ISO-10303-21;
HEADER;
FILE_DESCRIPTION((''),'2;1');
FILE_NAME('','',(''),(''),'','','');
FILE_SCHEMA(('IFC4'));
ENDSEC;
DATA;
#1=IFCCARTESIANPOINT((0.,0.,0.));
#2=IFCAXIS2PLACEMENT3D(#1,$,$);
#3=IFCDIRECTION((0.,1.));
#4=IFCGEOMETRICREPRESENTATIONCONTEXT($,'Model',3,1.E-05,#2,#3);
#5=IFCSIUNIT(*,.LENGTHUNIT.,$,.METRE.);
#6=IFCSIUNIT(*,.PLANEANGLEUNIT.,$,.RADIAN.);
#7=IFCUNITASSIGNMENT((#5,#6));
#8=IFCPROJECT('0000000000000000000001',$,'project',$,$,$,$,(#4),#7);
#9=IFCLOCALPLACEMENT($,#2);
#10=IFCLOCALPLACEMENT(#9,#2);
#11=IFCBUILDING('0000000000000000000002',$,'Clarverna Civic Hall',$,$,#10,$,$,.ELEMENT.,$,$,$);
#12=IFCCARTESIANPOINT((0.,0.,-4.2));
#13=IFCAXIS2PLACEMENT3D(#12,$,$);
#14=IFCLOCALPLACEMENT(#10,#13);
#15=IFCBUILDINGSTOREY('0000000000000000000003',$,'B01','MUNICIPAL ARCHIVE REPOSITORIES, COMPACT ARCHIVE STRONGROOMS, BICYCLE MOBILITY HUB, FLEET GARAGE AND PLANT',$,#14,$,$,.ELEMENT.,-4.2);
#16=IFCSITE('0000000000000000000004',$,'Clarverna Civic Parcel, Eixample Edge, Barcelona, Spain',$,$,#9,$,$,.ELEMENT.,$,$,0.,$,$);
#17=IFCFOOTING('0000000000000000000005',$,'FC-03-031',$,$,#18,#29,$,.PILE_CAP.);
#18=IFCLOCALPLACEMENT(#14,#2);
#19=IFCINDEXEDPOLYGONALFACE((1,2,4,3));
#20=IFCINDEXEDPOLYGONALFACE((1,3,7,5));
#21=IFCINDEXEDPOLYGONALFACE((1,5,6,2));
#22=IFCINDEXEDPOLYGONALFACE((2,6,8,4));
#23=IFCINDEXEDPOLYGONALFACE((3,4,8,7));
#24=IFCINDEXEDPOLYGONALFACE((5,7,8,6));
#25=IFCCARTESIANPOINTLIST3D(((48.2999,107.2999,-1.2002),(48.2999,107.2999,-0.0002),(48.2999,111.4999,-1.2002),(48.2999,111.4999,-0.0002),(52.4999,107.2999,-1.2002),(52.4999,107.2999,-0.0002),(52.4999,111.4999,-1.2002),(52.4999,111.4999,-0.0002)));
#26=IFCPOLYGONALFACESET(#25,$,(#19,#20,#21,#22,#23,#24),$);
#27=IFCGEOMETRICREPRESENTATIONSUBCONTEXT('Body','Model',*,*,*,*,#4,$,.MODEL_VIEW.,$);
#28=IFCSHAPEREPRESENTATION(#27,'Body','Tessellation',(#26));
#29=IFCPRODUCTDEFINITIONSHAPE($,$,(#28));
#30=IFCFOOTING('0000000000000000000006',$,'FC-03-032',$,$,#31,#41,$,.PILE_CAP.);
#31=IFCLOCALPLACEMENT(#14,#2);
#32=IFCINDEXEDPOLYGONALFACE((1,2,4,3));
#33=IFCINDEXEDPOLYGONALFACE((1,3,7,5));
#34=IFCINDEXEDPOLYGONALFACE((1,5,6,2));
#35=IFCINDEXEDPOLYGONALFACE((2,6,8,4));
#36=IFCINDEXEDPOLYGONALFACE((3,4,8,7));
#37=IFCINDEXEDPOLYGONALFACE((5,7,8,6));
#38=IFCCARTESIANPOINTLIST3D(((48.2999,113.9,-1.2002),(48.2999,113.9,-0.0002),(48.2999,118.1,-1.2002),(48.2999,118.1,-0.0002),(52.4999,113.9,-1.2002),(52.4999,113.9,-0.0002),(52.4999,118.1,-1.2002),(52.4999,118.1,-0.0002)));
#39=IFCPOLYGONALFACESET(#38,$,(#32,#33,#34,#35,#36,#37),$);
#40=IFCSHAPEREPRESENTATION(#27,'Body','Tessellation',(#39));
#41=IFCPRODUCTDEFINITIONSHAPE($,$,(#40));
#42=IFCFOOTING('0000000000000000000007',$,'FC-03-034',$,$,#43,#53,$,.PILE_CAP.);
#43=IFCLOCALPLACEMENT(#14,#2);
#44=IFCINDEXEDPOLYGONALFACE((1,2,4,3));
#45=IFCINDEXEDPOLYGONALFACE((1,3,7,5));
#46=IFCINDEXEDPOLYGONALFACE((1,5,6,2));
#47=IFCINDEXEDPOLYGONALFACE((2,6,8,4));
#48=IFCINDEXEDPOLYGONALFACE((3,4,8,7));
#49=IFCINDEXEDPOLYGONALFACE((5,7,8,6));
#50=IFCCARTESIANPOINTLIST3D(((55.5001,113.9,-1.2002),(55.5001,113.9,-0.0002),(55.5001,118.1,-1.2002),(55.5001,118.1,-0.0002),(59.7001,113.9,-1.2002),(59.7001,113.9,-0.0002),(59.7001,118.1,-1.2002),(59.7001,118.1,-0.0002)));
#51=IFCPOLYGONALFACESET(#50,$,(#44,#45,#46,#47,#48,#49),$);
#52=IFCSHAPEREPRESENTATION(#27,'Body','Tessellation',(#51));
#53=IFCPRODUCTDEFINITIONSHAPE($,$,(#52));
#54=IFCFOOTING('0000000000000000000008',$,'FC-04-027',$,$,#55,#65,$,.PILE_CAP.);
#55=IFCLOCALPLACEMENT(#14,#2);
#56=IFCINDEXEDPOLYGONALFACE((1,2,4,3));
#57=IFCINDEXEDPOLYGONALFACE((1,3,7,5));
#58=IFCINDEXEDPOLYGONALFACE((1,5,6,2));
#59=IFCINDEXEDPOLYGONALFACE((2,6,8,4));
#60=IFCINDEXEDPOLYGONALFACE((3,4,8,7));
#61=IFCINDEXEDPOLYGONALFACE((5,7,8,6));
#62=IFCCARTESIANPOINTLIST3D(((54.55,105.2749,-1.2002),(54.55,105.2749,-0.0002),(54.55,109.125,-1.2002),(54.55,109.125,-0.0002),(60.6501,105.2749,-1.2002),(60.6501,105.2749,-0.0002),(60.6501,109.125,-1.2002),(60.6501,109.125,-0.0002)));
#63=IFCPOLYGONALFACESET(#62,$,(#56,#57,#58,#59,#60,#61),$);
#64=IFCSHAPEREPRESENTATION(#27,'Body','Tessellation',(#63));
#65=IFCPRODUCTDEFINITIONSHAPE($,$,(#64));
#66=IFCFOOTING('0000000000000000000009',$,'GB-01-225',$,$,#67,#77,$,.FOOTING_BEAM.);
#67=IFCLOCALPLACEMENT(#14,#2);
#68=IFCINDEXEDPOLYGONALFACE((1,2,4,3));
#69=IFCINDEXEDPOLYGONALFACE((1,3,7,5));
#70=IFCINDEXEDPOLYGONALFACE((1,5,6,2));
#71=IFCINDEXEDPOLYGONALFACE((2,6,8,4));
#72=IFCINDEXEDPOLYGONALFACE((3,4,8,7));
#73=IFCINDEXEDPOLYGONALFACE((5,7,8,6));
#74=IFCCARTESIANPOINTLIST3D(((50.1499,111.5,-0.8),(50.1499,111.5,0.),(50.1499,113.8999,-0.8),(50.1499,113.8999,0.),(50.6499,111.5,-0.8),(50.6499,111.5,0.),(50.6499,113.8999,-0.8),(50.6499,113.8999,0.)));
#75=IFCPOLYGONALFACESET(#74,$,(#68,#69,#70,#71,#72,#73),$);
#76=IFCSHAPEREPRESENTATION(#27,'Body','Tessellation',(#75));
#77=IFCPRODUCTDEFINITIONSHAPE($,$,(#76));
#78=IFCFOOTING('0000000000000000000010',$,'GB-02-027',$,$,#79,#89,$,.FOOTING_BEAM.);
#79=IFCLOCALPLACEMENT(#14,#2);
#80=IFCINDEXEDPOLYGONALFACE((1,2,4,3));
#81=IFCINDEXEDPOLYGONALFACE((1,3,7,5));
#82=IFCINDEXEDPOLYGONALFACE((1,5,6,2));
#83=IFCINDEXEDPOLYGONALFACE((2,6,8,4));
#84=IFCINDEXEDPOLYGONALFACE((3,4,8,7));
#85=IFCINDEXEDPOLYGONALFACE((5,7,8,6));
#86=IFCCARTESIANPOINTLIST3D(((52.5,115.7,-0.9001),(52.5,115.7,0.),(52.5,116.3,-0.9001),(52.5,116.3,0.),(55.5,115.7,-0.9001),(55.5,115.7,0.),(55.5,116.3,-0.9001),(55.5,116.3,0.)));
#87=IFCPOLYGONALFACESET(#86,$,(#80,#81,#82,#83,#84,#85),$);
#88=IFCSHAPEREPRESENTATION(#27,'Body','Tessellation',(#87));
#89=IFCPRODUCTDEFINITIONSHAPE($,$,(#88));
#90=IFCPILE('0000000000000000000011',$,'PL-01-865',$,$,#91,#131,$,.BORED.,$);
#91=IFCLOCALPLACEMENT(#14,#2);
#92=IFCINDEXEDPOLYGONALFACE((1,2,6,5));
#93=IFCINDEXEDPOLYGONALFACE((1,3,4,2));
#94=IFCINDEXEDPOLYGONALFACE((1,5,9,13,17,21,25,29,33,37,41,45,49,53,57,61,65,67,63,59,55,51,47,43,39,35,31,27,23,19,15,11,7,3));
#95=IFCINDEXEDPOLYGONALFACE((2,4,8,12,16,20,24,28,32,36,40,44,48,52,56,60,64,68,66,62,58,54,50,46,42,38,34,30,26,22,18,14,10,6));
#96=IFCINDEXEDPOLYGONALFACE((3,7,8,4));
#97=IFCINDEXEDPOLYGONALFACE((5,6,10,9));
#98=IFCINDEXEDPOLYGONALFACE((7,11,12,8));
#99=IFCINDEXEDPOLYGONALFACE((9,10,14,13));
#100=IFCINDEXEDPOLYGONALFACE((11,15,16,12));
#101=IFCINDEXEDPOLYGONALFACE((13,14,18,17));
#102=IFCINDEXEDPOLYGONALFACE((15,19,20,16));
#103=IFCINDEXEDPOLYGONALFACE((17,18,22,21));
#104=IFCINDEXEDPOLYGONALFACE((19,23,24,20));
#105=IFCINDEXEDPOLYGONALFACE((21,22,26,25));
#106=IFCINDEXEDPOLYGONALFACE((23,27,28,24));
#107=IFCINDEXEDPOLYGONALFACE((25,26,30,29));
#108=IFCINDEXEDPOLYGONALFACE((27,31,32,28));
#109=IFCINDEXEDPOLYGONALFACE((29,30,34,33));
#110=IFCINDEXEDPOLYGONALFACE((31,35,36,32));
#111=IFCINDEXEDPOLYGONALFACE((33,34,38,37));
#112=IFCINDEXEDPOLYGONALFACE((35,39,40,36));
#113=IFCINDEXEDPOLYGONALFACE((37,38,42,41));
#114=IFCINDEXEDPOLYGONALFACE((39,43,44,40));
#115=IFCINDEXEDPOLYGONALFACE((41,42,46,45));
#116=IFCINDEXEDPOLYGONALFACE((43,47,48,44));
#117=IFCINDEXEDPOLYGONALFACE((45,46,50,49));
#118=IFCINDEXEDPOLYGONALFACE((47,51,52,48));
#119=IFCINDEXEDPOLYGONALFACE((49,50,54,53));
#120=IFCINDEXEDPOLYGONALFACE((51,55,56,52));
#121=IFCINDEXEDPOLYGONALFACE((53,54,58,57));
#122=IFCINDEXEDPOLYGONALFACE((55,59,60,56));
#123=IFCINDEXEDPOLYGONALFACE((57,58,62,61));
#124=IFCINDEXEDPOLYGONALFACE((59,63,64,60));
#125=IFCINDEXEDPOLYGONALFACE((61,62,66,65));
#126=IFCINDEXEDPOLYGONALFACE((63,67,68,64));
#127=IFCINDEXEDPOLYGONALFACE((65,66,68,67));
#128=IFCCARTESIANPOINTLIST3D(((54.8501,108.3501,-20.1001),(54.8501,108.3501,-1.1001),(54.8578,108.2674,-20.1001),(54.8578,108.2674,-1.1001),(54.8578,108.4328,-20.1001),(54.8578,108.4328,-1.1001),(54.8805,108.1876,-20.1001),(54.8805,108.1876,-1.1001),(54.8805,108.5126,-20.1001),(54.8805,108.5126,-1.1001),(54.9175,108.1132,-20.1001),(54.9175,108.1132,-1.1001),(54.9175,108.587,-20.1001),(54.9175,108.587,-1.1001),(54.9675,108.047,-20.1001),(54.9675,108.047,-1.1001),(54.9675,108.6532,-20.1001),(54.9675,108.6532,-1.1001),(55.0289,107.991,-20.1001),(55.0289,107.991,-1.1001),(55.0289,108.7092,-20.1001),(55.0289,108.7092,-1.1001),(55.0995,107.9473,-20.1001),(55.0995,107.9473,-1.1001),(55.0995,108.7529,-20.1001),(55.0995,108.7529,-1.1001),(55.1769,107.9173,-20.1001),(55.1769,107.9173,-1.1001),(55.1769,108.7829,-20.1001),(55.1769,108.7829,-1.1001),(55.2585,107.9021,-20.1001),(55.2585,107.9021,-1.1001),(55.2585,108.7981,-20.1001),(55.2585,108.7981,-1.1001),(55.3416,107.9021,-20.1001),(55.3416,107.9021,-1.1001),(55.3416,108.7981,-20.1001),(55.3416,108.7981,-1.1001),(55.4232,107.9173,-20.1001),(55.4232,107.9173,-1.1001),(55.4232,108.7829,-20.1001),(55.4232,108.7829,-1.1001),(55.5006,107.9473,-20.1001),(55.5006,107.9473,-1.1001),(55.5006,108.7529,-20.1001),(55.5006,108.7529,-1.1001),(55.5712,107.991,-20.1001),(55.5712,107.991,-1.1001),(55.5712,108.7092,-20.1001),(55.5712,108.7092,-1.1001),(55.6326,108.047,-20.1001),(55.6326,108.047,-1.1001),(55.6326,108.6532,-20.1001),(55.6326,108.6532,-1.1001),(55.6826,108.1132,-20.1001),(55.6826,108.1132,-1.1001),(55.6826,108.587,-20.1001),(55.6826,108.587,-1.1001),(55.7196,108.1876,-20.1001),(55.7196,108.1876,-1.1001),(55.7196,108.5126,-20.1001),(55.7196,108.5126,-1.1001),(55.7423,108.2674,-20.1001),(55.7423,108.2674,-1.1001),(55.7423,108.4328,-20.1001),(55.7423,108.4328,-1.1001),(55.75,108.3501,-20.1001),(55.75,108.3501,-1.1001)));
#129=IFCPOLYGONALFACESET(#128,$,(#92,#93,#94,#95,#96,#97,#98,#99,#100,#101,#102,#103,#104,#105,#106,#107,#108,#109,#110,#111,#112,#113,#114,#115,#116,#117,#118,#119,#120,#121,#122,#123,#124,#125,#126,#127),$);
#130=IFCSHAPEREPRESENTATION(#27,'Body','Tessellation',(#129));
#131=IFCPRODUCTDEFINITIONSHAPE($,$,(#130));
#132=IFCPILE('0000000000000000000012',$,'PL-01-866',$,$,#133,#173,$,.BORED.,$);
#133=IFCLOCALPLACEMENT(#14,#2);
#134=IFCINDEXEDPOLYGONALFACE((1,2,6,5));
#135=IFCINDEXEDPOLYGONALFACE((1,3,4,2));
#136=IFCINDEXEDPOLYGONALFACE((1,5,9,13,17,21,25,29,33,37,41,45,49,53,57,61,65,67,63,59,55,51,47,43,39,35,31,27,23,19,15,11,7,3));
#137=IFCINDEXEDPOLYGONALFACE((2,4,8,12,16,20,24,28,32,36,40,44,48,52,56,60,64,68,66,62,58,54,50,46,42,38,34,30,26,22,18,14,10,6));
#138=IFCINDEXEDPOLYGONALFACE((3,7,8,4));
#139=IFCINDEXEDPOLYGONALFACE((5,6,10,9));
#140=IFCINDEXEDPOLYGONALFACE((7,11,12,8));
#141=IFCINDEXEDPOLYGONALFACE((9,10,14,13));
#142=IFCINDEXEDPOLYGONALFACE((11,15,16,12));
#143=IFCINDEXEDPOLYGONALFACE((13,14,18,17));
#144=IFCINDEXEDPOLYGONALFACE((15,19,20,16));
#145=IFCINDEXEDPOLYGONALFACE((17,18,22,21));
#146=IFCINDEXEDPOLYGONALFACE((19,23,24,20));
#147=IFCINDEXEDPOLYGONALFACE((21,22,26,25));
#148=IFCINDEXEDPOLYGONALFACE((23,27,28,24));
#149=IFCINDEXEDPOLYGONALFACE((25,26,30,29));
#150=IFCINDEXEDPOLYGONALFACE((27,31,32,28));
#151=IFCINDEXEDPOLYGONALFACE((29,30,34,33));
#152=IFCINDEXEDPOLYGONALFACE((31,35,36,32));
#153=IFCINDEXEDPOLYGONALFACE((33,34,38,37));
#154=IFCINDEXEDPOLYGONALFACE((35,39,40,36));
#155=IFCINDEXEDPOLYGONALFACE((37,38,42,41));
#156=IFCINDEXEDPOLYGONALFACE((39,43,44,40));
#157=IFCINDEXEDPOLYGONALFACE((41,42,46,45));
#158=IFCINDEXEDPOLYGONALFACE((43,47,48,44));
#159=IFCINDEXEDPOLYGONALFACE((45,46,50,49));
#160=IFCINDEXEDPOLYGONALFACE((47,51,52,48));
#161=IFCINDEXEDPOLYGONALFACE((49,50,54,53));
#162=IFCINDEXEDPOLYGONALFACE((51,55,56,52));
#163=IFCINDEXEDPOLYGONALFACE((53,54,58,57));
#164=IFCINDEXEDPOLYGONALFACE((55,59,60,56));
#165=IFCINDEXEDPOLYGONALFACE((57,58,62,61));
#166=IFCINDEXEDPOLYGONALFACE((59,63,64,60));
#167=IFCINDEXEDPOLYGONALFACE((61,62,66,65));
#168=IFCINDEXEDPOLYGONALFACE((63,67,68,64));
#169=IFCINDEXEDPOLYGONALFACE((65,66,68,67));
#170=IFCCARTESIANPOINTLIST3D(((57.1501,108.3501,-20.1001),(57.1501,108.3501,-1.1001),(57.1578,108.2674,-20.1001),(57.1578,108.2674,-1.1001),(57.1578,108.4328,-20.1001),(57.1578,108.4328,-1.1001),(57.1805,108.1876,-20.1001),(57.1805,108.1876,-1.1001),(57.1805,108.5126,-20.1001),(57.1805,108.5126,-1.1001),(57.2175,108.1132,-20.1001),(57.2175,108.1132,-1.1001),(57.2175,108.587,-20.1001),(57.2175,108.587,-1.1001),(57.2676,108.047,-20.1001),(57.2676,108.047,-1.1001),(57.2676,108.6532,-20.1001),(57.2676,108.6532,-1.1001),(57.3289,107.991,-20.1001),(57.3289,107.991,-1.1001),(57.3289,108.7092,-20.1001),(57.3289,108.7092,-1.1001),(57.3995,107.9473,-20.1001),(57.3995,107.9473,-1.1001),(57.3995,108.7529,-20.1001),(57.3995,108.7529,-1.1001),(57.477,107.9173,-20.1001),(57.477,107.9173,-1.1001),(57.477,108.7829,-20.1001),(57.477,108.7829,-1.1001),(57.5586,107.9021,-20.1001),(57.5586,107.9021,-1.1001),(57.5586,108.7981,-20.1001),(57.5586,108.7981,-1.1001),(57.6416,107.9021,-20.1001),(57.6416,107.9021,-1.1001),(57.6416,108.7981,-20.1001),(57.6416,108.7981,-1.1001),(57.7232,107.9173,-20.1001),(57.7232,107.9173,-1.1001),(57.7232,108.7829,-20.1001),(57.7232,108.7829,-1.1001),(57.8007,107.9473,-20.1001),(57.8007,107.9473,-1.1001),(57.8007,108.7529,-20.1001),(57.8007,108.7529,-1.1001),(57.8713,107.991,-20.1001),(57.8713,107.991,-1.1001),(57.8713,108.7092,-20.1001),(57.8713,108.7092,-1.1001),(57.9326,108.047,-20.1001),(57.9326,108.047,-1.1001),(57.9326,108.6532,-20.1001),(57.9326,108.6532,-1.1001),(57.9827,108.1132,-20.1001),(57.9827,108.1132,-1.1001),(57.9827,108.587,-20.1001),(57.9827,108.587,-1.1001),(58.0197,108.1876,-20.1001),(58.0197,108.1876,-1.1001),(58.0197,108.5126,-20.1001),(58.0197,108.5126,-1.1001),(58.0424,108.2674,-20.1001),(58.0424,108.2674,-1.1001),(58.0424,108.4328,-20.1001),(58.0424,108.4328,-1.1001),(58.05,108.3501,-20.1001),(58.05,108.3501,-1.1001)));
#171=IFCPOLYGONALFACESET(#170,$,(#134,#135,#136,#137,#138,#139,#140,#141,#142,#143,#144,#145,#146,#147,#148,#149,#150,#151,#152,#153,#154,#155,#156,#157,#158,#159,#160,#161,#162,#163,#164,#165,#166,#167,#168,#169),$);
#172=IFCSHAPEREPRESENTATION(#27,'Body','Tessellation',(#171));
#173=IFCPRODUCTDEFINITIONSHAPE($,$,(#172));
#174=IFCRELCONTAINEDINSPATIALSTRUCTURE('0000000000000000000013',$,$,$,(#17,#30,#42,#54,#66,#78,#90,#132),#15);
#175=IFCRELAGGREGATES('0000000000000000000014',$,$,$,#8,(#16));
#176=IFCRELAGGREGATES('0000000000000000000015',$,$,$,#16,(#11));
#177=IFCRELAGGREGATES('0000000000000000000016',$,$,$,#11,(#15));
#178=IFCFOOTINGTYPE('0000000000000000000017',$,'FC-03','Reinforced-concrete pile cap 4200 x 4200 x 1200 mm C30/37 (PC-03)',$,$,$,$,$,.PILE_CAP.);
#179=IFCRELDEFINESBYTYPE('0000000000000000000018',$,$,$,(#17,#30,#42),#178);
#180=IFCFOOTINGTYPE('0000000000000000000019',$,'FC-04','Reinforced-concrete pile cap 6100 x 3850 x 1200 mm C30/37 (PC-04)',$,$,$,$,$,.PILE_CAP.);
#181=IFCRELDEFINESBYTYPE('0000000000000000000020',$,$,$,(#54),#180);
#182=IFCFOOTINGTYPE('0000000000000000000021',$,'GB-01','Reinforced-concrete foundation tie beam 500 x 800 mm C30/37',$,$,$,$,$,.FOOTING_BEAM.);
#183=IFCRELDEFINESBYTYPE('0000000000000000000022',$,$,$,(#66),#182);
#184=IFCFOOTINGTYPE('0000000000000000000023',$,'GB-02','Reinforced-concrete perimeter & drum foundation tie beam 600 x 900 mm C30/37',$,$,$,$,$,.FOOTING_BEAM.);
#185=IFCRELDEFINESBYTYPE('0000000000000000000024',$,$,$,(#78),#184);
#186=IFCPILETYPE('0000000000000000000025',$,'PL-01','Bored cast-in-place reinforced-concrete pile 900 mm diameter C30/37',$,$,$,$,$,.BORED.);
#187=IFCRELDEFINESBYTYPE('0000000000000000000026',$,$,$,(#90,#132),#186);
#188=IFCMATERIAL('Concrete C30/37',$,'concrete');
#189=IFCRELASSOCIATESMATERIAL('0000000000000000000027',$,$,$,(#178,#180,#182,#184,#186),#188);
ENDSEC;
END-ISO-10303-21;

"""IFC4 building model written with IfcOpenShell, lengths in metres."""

from ifc_helpers import new_model, si_unit, direction, frame, frame_2d, origin, origin_2d, place, context, subcontext, project, spatial, rectangle, circle, extrude, material, material_profile, profile_set, type_object, element, save


model = new_model("IFC4")

# Units and contexts
model_context = context("Model", 3, precision=1e-05, world=origin(), true_north=direction((0.0, 1.0)))
body_context = subcontext(model_context, "Body", "Model", "MODEL_VIEW")
ifc_project = project(units=[si_unit("LENGTHUNIT", "METRE"), si_unit("PLANEANGLEUNIT", "RADIAN")], contexts=[model_context])

# Site, building, storey
site_placement = place(None, origin())
site = spatial("IfcSite", under=ifc_project, at=site_placement, Name="Clarverna Civic Parcel, Eixample Edge, Barcelona, Spain", CompositionType="ELEMENT", RefElevation=0.0)
building_placement = place(site_placement, origin())
building = spatial("IfcBuilding", under=site, at=building_placement, Name="Clarverna Civic Hall", CompositionType="ELEMENT")
storey_placement = place(building_placement, frame((0.0, 0.0, -4.2)))
storey = spatial("IfcBuildingStorey", under=building, at=storey_placement, Name="B01", Description="MUNICIPAL ARCHIVE REPOSITORIES, COMPACT ARCHIVE STRONGROOMS, BICYCLE MOBILITY HUB, FLEET GARAGE AND PLANT", CompositionType="ELEMENT", Elevation=-4.2)

# Footings
ifc_material_1 = material(Name="Concrete C30/37", Category="concrete")
footing_type_1 = type_object("IfcFootingType", Name="FC-03", Description="Reinforced-concrete pile cap 4200 x 4200 x 1200 mm C30/37 (PC-03)", PredefinedType="PILE_CAP", material=ifc_material_1)
for number, where, z_axis, x_axis, name in (
    (1, (50.3999, 109.3999, -1.2002), (0.0, 0.0, 1.0), (1.0, 0.0, 0.0), "FC-03-031"),
    (2, (50.3999, 116.0, -1.2002), (0.0, 0.0, 1.0), (1.0, 0.0, 0.0), "FC-03-032"),
    (3, (57.6001, 116.0, -1.2002), (0.0, 0.0, 1.0), (1.0, 0.0, 0.0), "FC-03-034"),
):
    element("IfcFooting", number, at=place(storey_placement, frame(where, z_axis=z_axis, x_axis=x_axis)), inside=storey, type_object=footing_type_1, Name=name, PredefinedType="PILE_CAP", context=body_context, shape_type="SweptSolid", body=[
        extrude(rectangle(XDim=4.2, YDim=4.2, at=origin_2d()), origin(), (0.0, 0.0, 1.0), 1.2),
    ])
footing_type_2 = type_object("IfcFootingType", Name="FC-04", Description="Reinforced-concrete pile cap 6100 x 3850 x 1200 mm C30/37 (PC-04)", PredefinedType="PILE_CAP", material=ifc_material_1)
footing_1_placement = place(storey_placement, frame((57.6001, 107.2, -1.2002), z_axis=(0.0, 0.0, 1.0), x_axis=(1.0, 0.0, 0.0)))
element("IfcFooting", 4, at=footing_1_placement, inside=storey, type_object=footing_type_2, Name="FC-04-027", PredefinedType="PILE_CAP", context=body_context, shape_type="SweptSolid", body=[
    extrude(rectangle(XDim=6.1001, YDim=3.8501, at=origin_2d()), origin(), (0.0, 0.0, 1.0), 1.2),
])
footing_type_3 = type_object("IfcFootingType", Name="GB-01", Description="Reinforced-concrete foundation tie beam 500 x 800 mm C30/37", PredefinedType="FOOTING_BEAM", material=ifc_material_1)
footing_2_placement = place(storey_placement, frame((50.3999, 111.5, -0.8), z_axis=(0.0, 0.0, 1.0), x_axis=(0.0, 1.0, 0.0)))
element("IfcFooting", 5, at=footing_2_placement, inside=storey, type_object=footing_type_3, Name="GB-01-225", PredefinedType="FOOTING_BEAM", context=body_context, shape_type="SweptSolid", body=[
    extrude(rectangle(XDim=2.3999, YDim=0.5, at=frame_2d((1.2, 0.0))), origin(), (0.0, 0.0, 1.0), 0.8),
])
footing_type_4 = type_object("IfcFootingType", Name="GB-02", Description="Reinforced-concrete perimeter & drum foundation tie beam 600 x 900 mm C30/37", PredefinedType="FOOTING_BEAM", material=ifc_material_1)
footing_3_placement = place(storey_placement, frame((52.5, 116.0, -0.9001), z_axis=(0.0, 0.0, 1.0), x_axis=(1.0, 0.0, 0.0)))
element("IfcFooting", 6, at=footing_3_placement, inside=storey, type_object=footing_type_4, Name="GB-02-027", PredefinedType="FOOTING_BEAM", context=body_context, shape_type="SweptSolid", body=[
    extrude(rectangle(XDim=3.0, YDim=0.6001, at=frame_2d((1.5, 0.0))), origin(), (0.0, 0.0, 1.0), 0.9001),
])

# Piles
ifc_material_profile_1 = material_profile(ifc_material_1, circle(Radius=0.45, at=origin_2d()), Name="BORED PILE D900")
ifc_profile_set_1 = profile_set([ifc_material_profile_1], Name="Concrete C30/37")
pile_type_1 = type_object("IfcPileType", Name="PL-01", Description="Bored cast-in-place reinforced-concrete pile 900 mm diameter C30/37", PredefinedType="BORED", material=ifc_profile_set_1)
for number, where, z_axis, x_axis, name in (
    (7, (55.3, 108.3501, -1.1001), (0.0, 0.0, -1.0), (1.0, 0.0, 0.0), "PL-01-865"),
    (8, (57.6001, 108.3501, -1.1001), (0.0, 0.0, -1.0), (1.0, 0.0, 0.0), "PL-01-866"),
):
    element("IfcPile", number, at=place(storey_placement, frame(where, z_axis=z_axis, x_axis=x_axis)), inside=storey, type_object=pile_type_1, Name=name, PredefinedType="BORED", context=body_context, shape_type="SweptSolid", body=[
        extrude(circle(Radius=0.45, at=origin_2d()), origin(), (0.0, 0.0, 1.0), 19.0),
    ])

save(model, "model.ifc")
